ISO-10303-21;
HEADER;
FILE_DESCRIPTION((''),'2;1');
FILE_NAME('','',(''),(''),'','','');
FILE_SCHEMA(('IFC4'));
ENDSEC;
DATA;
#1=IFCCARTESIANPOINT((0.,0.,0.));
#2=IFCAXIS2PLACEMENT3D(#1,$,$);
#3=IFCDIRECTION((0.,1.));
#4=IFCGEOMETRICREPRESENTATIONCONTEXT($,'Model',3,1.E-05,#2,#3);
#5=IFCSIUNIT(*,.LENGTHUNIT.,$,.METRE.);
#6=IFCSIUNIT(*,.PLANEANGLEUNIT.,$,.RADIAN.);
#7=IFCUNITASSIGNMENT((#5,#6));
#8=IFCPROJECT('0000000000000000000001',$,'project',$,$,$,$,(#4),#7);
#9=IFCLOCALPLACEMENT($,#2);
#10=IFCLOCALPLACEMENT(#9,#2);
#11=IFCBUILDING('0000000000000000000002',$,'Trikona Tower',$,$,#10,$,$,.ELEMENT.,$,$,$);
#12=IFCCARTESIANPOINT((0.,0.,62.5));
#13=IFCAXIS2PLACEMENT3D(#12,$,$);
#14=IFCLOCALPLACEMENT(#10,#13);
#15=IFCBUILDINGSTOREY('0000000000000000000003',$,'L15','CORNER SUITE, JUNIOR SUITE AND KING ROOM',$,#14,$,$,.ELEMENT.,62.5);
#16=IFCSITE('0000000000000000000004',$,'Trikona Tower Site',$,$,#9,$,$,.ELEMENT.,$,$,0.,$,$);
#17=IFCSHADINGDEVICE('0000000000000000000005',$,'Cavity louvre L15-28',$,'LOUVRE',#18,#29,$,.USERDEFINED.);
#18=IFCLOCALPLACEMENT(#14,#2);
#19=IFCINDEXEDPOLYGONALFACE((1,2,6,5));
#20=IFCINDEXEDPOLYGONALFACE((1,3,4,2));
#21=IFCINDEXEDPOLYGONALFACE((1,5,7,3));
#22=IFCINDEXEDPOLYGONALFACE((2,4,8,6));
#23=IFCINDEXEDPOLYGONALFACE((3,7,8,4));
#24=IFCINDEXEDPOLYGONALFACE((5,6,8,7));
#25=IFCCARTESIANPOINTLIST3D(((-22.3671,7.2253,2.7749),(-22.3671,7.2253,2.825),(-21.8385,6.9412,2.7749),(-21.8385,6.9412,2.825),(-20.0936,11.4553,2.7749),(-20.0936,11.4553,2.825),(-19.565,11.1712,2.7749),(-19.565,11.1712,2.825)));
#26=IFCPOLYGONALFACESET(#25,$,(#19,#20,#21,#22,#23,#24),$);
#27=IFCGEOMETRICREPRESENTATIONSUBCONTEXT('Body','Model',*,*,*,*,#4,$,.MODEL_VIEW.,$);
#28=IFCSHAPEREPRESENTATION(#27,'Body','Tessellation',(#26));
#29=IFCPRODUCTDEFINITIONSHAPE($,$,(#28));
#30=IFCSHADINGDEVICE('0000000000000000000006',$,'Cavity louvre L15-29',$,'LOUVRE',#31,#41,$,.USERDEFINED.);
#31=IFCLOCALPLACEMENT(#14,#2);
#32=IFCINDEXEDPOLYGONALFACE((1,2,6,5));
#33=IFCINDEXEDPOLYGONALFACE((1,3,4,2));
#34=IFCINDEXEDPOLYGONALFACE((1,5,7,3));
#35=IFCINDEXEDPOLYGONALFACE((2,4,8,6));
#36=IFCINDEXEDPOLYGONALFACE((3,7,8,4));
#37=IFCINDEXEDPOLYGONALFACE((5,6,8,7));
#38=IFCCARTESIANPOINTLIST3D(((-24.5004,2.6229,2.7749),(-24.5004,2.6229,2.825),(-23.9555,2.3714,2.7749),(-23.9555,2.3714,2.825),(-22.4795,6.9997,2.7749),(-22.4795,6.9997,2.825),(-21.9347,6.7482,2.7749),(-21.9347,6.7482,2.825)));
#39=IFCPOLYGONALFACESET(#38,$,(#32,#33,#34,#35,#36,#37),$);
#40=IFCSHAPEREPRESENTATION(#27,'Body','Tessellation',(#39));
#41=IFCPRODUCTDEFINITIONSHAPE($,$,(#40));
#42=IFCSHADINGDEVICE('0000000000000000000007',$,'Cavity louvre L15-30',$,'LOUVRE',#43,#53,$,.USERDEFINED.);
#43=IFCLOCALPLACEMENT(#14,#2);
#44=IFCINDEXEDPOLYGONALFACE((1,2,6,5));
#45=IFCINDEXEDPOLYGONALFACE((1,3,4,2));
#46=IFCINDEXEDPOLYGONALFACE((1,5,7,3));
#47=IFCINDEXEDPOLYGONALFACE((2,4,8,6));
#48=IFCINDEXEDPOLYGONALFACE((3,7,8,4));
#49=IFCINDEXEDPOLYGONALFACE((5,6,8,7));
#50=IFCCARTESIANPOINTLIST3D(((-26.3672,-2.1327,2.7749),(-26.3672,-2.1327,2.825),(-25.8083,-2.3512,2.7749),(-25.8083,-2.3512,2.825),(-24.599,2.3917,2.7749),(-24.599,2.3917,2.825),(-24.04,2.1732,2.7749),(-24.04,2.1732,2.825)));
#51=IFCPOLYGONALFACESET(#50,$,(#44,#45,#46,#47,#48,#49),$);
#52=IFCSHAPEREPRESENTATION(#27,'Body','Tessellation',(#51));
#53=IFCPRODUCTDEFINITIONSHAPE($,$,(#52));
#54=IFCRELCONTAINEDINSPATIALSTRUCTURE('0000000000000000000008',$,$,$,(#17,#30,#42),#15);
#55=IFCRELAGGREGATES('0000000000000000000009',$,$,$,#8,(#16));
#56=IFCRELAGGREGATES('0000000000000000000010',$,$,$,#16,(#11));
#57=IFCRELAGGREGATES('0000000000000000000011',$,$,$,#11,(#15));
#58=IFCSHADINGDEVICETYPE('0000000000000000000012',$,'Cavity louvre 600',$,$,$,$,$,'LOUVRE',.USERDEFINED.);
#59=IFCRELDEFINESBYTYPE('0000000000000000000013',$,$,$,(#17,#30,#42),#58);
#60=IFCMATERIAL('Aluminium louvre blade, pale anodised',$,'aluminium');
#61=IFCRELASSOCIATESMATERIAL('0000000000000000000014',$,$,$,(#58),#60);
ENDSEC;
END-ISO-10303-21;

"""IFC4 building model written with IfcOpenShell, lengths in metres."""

from ifc_helpers import new_model, si_unit, direction, frame, origin, origin_2d, place, context, subcontext, project, spatial, rectangle, extrude, material, type_object, element, save


model = new_model("IFC4")

# Units and contexts
model_context = context("Model", 3, precision=1e-05, world=origin(), true_north=direction((0.0, 1.0)))
body_context = subcontext(model_context, "Body", "Model", "MODEL_VIEW")
ifc_project = project(units=[si_unit("LENGTHUNIT", "METRE"), si_unit("PLANEANGLEUNIT", "RADIAN")], contexts=[model_context])

# Site, building, storey
site_placement = place(None, origin())
site = spatial("IfcSite", under=ifc_project, at=site_placement, Name="Trikona Tower Site", CompositionType="ELEMENT", RefElevation=0.0)
building_placement = place(site_placement, origin())
building = spatial("IfcBuilding", under=site, at=building_placement, Name="Trikona Tower", CompositionType="ELEMENT")
storey_placement = place(building_placement, frame((0.0, 0.0, 62.5)))
storey = spatial("IfcBuildingStorey", under=building, at=storey_placement, Name="L15", Description="CORNER SUITE, JUNIOR SUITE AND KING ROOM", CompositionType="ELEMENT", Elevation=62.5)

# Shading devices
ifc_material_1 = material(Name="Aluminium louvre blade, pale anodised", Category="aluminium")
shading_device_type = type_object("IfcShadingDeviceType", Name="Cavity louvre 600", ElementType="LOUVRE", PredefinedType="USERDEFINED", material=ifc_material_1)
shading_device_1_placement = place(storey_placement, frame((-20.9661, 9.1982, 2.7749), z_axis=(0.0, 0.0, 1.0), x_axis=(-0.473423, -0.880835, 0.0)))
element("IfcShadingDevice", 1, at=shading_device_1_placement, inside=storey, type_object=shading_device_type, Name="Cavity louvre L15-28", ObjectType="LOUVRE", PredefinedType="USERDEFINED", context=body_context, shape_type="SweptSolid", body=[
    extrude(rectangle(XDim=4.8022, YDim=0.6001, at=origin_2d()), origin(), (0.0, 0.0, 1.0), 0.05),
])
shading_device_2_placement = place(storey_placement, frame((-23.2175, 4.6855, 2.7749), z_axis=(0.0, 0.0, 1.0), x_axis=(-0.419194, -0.907897, 0.0)))
element("IfcShadingDevice", 2, at=shading_device_2_placement, inside=storey, type_object=shading_device_type, Name="Cavity louvre L15-29", ObjectType="LOUVRE", PredefinedType="USERDEFINED", context=body_context, shape_type="SweptSolid", body=[
    extrude(rectangle(XDim=4.8208, YDim=0.6001, at=origin_2d()), origin(), (0.0, 0.0, 1.0), 0.05),
])
shading_device_3_placement = place(storey_placement, frame((-25.2036, 0.0203, 2.7749), z_axis=(0.0, 0.0, 1.0), x_axis=(-0.364009, -0.931395, 0.0)))
element("IfcShadingDevice", 3, at=shading_device_3_placement, inside=storey, type_object=shading_device_type, Name="Cavity louvre L15-30", ObjectType="LOUVRE", PredefinedType="USERDEFINED", context=body_context, shape_type="SweptSolid", body=[
    extrude(rectangle(XDim=4.8577, YDim=0.6001, at=origin_2d()), origin(), (0.0, 0.0, 1.0), 0.05),
])

save(model, "model.ifc")
